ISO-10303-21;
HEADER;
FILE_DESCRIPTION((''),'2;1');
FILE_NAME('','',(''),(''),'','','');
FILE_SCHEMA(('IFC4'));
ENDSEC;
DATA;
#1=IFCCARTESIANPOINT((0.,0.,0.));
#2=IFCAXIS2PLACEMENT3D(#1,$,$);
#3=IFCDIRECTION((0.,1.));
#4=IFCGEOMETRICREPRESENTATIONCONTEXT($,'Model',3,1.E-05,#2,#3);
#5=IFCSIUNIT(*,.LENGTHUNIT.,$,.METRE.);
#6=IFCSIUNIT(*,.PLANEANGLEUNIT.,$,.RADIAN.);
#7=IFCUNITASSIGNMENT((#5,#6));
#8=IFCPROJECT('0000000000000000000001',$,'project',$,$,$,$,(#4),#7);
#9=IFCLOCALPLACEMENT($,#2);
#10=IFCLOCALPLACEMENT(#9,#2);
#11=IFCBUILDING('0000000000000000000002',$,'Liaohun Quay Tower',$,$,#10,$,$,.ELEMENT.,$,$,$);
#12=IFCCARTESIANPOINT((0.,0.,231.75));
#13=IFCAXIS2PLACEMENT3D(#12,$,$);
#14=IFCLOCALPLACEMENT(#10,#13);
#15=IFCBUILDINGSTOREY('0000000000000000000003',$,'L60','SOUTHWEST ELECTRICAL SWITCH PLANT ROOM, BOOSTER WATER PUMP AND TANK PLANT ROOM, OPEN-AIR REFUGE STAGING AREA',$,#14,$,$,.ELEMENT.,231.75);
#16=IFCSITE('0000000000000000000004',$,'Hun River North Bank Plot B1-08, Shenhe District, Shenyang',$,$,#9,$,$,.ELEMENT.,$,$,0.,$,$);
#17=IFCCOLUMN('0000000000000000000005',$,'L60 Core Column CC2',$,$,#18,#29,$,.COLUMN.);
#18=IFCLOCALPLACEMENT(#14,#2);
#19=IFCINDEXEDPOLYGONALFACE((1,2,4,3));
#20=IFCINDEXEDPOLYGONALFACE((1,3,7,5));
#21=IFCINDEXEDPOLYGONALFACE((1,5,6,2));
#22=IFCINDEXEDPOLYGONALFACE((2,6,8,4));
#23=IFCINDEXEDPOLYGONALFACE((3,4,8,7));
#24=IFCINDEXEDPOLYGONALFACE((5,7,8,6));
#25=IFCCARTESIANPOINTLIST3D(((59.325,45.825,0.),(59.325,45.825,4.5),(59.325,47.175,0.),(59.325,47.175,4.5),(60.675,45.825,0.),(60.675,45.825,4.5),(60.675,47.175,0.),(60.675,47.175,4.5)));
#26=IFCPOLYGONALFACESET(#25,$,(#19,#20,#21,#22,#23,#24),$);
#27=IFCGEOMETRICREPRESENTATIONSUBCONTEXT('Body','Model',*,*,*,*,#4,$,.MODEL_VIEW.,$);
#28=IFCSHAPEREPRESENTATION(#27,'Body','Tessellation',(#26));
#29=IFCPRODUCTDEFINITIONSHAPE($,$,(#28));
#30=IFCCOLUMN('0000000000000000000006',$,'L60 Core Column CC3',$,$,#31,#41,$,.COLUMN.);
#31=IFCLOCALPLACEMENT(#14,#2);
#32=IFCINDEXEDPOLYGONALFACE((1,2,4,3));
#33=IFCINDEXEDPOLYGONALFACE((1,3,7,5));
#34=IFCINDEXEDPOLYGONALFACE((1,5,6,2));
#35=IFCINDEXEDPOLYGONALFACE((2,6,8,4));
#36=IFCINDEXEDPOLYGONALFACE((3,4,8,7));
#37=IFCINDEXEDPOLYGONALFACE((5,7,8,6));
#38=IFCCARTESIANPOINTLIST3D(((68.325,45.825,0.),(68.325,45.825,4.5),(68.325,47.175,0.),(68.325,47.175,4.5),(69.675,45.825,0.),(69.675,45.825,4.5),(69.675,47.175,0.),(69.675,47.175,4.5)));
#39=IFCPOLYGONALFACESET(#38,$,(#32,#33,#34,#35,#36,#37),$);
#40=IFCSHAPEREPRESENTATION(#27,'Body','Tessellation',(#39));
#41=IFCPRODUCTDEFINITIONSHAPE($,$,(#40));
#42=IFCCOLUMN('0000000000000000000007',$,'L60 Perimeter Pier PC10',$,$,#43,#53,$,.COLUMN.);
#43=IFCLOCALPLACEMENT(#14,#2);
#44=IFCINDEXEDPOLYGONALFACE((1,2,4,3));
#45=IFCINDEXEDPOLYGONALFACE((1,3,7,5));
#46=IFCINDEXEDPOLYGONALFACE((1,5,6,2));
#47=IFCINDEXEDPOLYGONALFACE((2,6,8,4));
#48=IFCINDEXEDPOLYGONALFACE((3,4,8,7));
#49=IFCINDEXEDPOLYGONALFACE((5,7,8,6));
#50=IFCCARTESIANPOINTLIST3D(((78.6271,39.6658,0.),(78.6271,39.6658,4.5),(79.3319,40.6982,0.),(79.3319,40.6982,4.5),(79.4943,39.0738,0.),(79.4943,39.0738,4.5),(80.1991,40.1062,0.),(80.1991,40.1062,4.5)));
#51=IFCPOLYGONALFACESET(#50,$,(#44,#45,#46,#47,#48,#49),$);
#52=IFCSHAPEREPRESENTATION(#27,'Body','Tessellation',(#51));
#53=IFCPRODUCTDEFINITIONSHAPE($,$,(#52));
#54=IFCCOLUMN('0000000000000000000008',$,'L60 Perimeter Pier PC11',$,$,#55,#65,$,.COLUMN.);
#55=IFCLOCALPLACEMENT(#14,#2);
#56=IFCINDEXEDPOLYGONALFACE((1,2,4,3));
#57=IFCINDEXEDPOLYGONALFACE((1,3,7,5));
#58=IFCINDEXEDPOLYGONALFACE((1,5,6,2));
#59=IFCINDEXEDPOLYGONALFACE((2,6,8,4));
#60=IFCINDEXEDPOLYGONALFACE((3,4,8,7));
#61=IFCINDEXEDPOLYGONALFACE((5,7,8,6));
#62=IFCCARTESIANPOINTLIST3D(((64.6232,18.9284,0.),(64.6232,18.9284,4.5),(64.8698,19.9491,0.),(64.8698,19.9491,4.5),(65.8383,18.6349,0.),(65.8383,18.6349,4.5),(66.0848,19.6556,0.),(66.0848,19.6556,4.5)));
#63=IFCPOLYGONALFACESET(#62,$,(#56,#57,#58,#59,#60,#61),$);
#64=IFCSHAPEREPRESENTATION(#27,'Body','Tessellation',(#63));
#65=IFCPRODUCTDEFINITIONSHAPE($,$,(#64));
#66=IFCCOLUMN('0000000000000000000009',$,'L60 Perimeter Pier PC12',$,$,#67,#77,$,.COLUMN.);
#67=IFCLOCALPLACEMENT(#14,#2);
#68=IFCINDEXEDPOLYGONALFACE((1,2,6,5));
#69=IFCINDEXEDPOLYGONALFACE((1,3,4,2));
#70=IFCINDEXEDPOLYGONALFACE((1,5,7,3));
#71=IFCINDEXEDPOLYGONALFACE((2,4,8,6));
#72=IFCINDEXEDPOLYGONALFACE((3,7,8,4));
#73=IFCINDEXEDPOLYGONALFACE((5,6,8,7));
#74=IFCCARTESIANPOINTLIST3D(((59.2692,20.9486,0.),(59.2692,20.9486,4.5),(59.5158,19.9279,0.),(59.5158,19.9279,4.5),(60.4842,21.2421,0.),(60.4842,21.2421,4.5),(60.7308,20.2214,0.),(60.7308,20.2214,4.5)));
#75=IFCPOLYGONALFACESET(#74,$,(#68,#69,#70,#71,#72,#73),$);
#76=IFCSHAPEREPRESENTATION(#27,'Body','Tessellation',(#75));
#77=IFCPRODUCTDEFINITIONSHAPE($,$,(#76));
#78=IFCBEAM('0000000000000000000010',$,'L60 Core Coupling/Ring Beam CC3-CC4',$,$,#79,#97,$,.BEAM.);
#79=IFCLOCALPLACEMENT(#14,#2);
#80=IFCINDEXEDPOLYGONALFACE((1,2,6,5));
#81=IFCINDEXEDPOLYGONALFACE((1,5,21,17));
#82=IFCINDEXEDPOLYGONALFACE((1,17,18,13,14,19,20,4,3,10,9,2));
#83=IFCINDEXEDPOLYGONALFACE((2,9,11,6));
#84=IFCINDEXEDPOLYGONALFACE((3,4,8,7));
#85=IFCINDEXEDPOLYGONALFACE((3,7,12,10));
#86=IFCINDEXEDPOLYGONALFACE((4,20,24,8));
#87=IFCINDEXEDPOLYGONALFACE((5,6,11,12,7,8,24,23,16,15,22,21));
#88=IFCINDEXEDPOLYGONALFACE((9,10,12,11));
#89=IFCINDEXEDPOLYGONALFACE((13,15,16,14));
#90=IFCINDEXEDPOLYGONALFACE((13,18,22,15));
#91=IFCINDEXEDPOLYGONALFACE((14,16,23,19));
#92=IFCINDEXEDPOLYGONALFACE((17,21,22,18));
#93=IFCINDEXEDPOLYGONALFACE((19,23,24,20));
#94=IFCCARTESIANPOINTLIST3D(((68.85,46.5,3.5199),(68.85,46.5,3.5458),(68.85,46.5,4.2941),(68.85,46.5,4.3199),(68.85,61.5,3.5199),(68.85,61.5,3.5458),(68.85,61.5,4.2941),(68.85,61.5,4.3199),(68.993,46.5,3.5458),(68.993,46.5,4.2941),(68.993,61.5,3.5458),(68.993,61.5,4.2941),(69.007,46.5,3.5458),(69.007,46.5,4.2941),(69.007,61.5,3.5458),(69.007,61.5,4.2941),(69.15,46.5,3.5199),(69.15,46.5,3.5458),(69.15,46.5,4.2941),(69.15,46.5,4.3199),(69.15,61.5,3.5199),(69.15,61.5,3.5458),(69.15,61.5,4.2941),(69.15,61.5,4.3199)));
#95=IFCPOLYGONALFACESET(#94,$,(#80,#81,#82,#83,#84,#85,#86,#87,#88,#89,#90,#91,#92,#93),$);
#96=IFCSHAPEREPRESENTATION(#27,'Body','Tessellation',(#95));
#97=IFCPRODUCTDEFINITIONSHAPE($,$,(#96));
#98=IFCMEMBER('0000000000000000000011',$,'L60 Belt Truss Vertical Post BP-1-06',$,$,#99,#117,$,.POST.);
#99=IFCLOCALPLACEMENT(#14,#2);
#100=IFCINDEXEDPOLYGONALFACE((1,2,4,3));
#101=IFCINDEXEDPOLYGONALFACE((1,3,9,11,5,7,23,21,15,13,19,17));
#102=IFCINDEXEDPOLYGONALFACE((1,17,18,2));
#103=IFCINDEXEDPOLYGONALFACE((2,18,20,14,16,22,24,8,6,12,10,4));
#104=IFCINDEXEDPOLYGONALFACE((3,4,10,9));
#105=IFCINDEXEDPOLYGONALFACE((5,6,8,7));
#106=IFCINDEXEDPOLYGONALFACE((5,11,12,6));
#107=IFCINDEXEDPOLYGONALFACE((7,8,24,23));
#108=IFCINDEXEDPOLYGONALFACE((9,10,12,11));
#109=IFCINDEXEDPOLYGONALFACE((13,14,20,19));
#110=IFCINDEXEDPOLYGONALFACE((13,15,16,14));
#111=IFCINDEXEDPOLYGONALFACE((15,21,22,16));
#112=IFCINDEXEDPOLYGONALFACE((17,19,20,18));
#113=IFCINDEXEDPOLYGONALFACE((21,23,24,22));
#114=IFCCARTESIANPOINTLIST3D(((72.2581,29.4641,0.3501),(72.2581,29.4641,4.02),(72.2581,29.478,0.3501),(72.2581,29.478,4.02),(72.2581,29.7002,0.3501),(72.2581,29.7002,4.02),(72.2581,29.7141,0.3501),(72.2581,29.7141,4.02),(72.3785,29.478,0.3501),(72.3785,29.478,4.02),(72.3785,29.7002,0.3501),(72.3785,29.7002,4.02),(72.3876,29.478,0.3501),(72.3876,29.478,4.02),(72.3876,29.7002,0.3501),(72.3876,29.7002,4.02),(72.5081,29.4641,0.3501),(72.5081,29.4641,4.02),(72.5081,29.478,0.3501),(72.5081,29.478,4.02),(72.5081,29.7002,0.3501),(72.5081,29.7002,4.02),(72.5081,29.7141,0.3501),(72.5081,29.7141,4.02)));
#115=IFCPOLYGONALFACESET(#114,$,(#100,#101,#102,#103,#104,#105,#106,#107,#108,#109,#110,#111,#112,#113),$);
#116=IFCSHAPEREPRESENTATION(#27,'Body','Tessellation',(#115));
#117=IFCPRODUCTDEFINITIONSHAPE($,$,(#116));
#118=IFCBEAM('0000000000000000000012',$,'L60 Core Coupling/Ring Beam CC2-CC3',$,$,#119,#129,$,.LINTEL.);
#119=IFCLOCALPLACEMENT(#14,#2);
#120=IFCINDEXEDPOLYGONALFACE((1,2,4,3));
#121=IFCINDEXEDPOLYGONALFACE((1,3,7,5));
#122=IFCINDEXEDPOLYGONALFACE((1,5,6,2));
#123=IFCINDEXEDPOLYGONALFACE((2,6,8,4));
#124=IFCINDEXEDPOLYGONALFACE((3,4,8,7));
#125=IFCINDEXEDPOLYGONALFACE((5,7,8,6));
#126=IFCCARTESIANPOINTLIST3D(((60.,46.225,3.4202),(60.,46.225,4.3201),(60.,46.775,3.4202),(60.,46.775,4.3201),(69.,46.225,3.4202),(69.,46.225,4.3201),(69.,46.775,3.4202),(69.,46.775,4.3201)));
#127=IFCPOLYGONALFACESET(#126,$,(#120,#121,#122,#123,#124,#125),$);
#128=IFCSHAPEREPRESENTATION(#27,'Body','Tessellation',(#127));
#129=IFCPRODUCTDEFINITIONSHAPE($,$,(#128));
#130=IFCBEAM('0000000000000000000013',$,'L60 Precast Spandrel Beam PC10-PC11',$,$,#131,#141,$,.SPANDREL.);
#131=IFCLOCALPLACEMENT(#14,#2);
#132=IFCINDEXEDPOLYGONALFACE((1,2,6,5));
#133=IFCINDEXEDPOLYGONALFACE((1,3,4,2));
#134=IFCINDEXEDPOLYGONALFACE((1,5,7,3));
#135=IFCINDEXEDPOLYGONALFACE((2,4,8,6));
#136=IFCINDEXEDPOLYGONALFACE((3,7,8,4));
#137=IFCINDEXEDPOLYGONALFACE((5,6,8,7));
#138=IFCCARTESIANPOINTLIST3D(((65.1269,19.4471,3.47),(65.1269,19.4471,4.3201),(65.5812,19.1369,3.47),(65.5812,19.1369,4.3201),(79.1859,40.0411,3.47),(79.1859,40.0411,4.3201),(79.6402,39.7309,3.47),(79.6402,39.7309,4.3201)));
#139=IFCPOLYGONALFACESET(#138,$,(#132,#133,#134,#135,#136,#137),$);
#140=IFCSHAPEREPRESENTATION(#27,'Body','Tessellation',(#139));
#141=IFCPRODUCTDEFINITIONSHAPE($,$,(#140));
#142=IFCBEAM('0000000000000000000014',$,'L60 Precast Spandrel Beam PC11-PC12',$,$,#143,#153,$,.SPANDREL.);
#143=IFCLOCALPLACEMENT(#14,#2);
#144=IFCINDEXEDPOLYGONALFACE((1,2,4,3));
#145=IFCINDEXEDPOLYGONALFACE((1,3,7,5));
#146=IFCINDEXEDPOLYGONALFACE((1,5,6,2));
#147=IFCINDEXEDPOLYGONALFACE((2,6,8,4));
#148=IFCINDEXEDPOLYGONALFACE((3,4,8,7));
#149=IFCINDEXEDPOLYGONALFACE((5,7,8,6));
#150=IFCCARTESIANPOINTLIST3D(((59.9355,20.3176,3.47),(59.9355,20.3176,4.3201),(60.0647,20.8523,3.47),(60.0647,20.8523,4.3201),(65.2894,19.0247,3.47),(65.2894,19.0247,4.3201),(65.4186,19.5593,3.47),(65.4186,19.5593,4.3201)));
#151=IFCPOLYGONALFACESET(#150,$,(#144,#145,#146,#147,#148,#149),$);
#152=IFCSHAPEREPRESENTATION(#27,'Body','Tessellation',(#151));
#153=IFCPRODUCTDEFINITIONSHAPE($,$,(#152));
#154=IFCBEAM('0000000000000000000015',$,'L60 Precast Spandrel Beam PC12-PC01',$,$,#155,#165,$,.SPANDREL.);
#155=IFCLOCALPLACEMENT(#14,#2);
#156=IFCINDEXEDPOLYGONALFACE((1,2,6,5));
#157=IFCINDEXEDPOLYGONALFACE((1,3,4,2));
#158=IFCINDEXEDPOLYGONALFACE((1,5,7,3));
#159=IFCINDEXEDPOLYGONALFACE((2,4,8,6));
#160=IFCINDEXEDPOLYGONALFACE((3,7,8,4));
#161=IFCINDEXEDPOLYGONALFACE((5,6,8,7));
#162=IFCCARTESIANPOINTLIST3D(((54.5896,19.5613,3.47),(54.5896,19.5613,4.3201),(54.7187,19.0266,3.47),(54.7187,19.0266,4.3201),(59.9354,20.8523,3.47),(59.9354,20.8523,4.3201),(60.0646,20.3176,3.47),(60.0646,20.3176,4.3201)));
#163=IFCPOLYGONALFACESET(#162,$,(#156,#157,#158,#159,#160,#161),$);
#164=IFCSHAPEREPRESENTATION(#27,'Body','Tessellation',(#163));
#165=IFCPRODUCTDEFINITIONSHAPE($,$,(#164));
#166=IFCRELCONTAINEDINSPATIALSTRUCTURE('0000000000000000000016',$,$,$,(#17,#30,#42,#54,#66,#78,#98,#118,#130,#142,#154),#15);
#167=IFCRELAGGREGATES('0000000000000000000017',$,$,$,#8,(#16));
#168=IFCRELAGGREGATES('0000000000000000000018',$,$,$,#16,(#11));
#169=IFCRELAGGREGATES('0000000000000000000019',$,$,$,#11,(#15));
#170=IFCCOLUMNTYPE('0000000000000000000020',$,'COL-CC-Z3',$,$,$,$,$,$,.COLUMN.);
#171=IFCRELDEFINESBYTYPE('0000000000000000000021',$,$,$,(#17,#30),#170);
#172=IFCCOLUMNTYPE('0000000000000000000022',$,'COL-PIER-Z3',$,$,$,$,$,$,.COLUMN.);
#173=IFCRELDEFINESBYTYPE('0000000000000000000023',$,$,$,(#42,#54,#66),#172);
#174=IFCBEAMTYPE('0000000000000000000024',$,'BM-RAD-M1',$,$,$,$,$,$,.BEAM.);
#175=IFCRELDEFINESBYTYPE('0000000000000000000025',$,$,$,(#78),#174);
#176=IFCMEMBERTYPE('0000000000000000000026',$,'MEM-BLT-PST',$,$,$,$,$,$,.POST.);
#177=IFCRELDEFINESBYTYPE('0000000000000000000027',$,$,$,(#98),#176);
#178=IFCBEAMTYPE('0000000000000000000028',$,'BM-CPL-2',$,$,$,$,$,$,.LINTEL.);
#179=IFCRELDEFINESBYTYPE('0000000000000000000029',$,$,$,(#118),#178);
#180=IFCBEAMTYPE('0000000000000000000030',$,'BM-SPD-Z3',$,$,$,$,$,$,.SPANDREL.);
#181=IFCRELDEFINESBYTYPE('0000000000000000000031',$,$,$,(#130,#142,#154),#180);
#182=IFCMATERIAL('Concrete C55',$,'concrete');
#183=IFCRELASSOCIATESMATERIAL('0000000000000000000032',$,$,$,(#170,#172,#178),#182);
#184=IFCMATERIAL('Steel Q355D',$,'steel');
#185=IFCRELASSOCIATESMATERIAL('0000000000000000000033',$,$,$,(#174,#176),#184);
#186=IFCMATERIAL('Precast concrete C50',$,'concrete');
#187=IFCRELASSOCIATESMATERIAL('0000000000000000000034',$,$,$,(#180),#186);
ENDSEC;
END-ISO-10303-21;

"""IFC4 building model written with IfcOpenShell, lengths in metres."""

from ifc_helpers import new_model, si_unit, direction, frame, origin, origin_2d, place, context, subcontext, project, spatial, rectangle, i_section, extrude, source, transform, mapped, material, material_profile, profile_set, type_object, element, save


model = new_model("IFC4")

# Units and contexts
model_context = context("Model", 3, precision=1e-05, world=origin(), true_north=direction((0.0, 1.0)))
body_context = subcontext(model_context, "Body", "Model", "MODEL_VIEW")
ifc_project = project(units=[si_unit("LENGTHUNIT", "METRE"), si_unit("PLANEANGLEUNIT", "RADIAN")], contexts=[model_context])

# Site, building, storey
site_placement = place(None, origin())
site = spatial("IfcSite", under=ifc_project, at=site_placement, Name="Hun River North Bank Plot B1-08, Shenhe District, Shenyang", CompositionType="ELEMENT", RefElevation=0.0)
building_placement = place(site_placement, origin())
building = spatial("IfcBuilding", under=site, at=building_placement, Name="Liaohun Quay Tower", CompositionType="ELEMENT")
storey_placement = place(building_placement, frame((0.0, 0.0, 231.75)))
storey = spatial("IfcBuildingStorey", under=building, at=storey_placement, Name="L60", Description="SOUTHWEST ELECTRICAL SWITCH PLANT ROOM, BOOSTER WATER PUMP AND TANK PLANT ROOM, OPEN-AIR REFUGE STAGING AREA", CompositionType="ELEMENT", Elevation=231.75)

# Columns
ifc_material_1 = material(Name="Concrete C55", Category="concrete")
ifc_material_profile_1 = material_profile(ifc_material_1, rectangle(XDim=1.3501, YDim=1.3501, at=origin_2d()), Name="RC1350x1350")
ifc_profile_set_1 = profile_set([ifc_material_profile_1], Name="Concrete C55")
column_type_1 = type_object("IfcColumnType", Name="COL-CC-Z3", PredefinedType="COLUMN", material=ifc_profile_set_1)
shared_shape_1 = source(origin(), body_context, "Body", "SweptSolid", [
    extrude(rectangle(XDim=1.3501, YDim=1.3501, at=origin_2d()), origin(), (0.0, 0.0, 1.0), 4.5),
])
for number, where, z_axis, x_axis, name in (
    (1, (60.0, 46.5, 0.0), (0.0, 0.0, 1.0), (1.0, 0.0, 0.0), "L60 Core Column CC2"),
    (2, (69.0, 46.5, 0.0), (0.0, 0.0, 1.0), (1.0, 0.0, 0.0), "L60 Core Column CC3"),
):
    element("IfcColumn", number, at=place(storey_placement, frame(where, z_axis=z_axis, x_axis=x_axis)), inside=storey, type_object=column_type_1, Name=name, PredefinedType="COLUMN", context=body_context, shape_type="MappedRepresentation", body=[
        mapped(shared_shape_1, transform((0.0, 0.0, 0.0), x_axis=(1.0, 0.0, 0.0), y_axis=(0.0, 1.0, 0.0), z_axis=(0.0, 0.0, 1.0), scale=1.0)),
    ])
ifc_material_profile_2 = material_profile(ifc_material_1, rectangle(XDim=1.25, YDim=1.05, at=origin_2d()), Name="RC1250x1050")
ifc_profile_set_2 = profile_set([ifc_material_profile_2], Name="Concrete C55")
column_type_2 = type_object("IfcColumnType", Name="COL-PIER-Z3", PredefinedType="COLUMN", material=ifc_profile_set_2)
shared_shape_2 = source(origin(), body_context, "Body", "SweptSolid", [
    extrude(rectangle(XDim=1.25, YDim=1.05, at=origin_2d()), origin(), (0.0, 0.0, 1.0), 4.5),
])
for number, where, z_axis, x_axis, name in (
    (3, (79.4131, 39.886, 0.0), (0.0, 0.0, 1.0), (0.563814, 0.825902, 0.0), "L60 Perimeter Pier PC10"),
    (4, (65.354, 19.292, 0.0), (0.0, 0.0, 1.0), (-0.972043, 0.234803, 0.0), "L60 Perimeter Pier PC11"),
    (5, (60.0, 20.585, 0.0), (0.0, 0.0, 1.0), (0.972043, 0.234803, 0.0), "L60 Perimeter Pier PC12"),
):
    element("IfcColumn", number, at=place(storey_placement, frame(where, z_axis=z_axis, x_axis=x_axis)), inside=storey, type_object=column_type_2, Name=name, PredefinedType="COLUMN", context=body_context, shape_type="MappedRepresentation", body=[
        mapped(shared_shape_2, transform((0.0, 0.0, 0.0), x_axis=(1.0, 0.0, 0.0), y_axis=(0.0, 1.0, 0.0), z_axis=(0.0, 0.0, 1.0), scale=1.0)),
    ])

# Beam
ifc_material_2 = material(Name="Steel Q355D", Category="steel")
ifc_material_profile_3 = material_profile(ifc_material_2, i_section(OverallWidth=0.3, OverallDepth=0.8, WebThickness=0.0139, FlangeThickness=0.0259, at=origin_2d()), Name="HN800x300x14x26")
ifc_profile_set_3 = profile_set([ifc_material_profile_3], Name="Steel Q355D")
beam_type_1 = type_object("IfcBeamType", Name="BM-RAD-M1", PredefinedType="BEAM", material=ifc_profile_set_3)
shared_shape_3 = source(origin(), body_context, "Body", "SweptSolid", [
    extrude(i_section(OverallWidth=0.3, OverallDepth=0.8, WebThickness=0.0139, FlangeThickness=0.0259, at=origin_2d()), origin(), (0.0, 0.0, 1.0), 15.0),
])
beam_1_placement = place(storey_placement, frame((69.0, 46.5, 3.9199), z_axis=(0.0, 1.0, 0.0), x_axis=(-1.0, 0.0, 0.0)))
element("IfcBeam", 6, at=beam_1_placement, inside=storey, type_object=beam_type_1, Name="L60 Core Coupling/Ring Beam CC3-CC4", PredefinedType="BEAM", context=body_context, shape_type="MappedRepresentation", body=[
    mapped(shared_shape_3, transform((0.0, 0.0, 0.0), x_axis=(1.0, 0.0, 0.0), y_axis=(0.0, 1.0, 0.0), z_axis=(0.0, 0.0, 1.0), scale=1.0)),
])

# Member
ifc_material_profile_4 = material_profile(ifc_material_2, i_section(OverallWidth=0.25, OverallDepth=0.25, WebThickness=0.009, FlangeThickness=0.0139, at=origin_2d()), Name="HW250x250x9x14")
ifc_profile_set_4 = profile_set([ifc_material_profile_4], Name="Steel Q355D")
member_type_1 = type_object("IfcMemberType", Name="MEM-BLT-PST", PredefinedType="POST", material=ifc_profile_set_4)
shared_shape_4 = source(origin(), body_context, "Body", "SweptSolid", [
    extrude(i_section(OverallWidth=0.25, OverallDepth=0.25, WebThickness=0.009, FlangeThickness=0.0139, at=origin_2d()), origin(), (0.0, 0.0, 1.0), 3.6699),
])
member_1_placement = place(storey_placement, frame((72.3831, 29.5891, 0.3501), z_axis=(0.0, 0.0, 1.0), x_axis=(1.0, 0.0, 0.0)))
element("IfcMember", 7, at=member_1_placement, inside=storey, type_object=member_type_1, Name="L60 Belt Truss Vertical Post BP-1-06", PredefinedType="POST", context=body_context, shape_type="MappedRepresentation", body=[
    mapped(shared_shape_4, transform((0.0, 0.0, 0.0), x_axis=(1.0, 0.0, 0.0), y_axis=(0.0, 1.0, 0.0), z_axis=(0.0, 0.0, 1.0), scale=1.0)),
])

# Beams
ifc_material_profile_5 = material_profile(ifc_material_1, rectangle(XDim=0.55, YDim=0.8999, at=origin_2d()), Name="RC550x900")
ifc_profile_set_5 = profile_set([ifc_material_profile_5], Name="Concrete C55")
beam_type_2 = type_object("IfcBeamType", Name="BM-CPL-2", PredefinedType="LINTEL", material=ifc_profile_set_5)
shared_shape_5 = source(origin(), body_context, "Body", "SweptSolid", [
    extrude(rectangle(XDim=0.55, YDim=0.8999, at=origin_2d()), origin(), (0.0, 0.0, 1.0), 9.0),
])
beam_2_placement = place(storey_placement, frame((60.0, 46.5, 3.8701), z_axis=(1.0, 0.0, 0.0), x_axis=(0.0, 1.0, 0.0)))
element("IfcBeam", 8, at=beam_2_placement, inside=storey, type_object=beam_type_2, Name="L60 Core Coupling/Ring Beam CC2-CC3", PredefinedType="LINTEL", context=body_context, shape_type="MappedRepresentation", body=[
    mapped(shared_shape_5, transform((0.0, 0.0, 0.0), x_axis=(1.0, 0.0, 0.0), y_axis=(0.0, 1.0, 0.0), z_axis=(0.0, 0.0, 1.0), scale=1.0)),
])
ifc_material_3 = material(Name="Precast concrete C50", Category="concrete")
ifc_material_profile_6 = material_profile(ifc_material_3, rectangle(XDim=0.55, YDim=0.8501, at=origin_2d()), Name="RC550x850")
ifc_profile_set_6 = profile_set([ifc_material_profile_6], Name="Precast concrete C50")
beam_type_3 = type_object("IfcBeamType", Name="BM-SPD-Z3", PredefinedType="SPANDREL", material=ifc_profile_set_6)
shared_shape_6 = source(origin(), body_context, "Body", "SweptSolid", [
    extrude(rectangle(XDim=0.55, YDim=0.8501, at=origin_2d()), origin(), (0.0, 0.0, 1.0), 24.9353),
])
beam_3_placement = place(storey_placement, frame((79.4131, 39.886, 3.895), z_axis=(-0.563822, -0.825896, 0.0), x_axis=(0.825896, -0.563822, 0.0)))
element("IfcBeam", 9, at=beam_3_placement, inside=storey, type_object=beam_type_3, Name="L60 Precast Spandrel Beam PC10-PC11", PredefinedType="SPANDREL", context=body_context, shape_type="MappedRepresentation", body=[
    mapped(shared_shape_6, transform((0.0, 0.0, 0.0), x_axis=(1.0, 0.0, 0.0), y_axis=(0.0, 1.0, 0.0), z_axis=(0.0, 0.0, 1.0), scale=1.0)),
])
shared_shape_7 = source(origin(), body_context, "Body", "SweptSolid", [
    extrude(rectangle(XDim=0.55, YDim=0.8501, at=origin_2d()), origin(), (0.0, 0.0, 1.0), 5.5078),
])
beam_4_placement = place(storey_placement, frame((65.354, 19.292, 3.895), z_axis=(-0.972056, 0.234747, 0.0), x_axis=(-0.234747, -0.972056, 0.0)))
element("IfcBeam", 10, at=beam_4_placement, inside=storey, type_object=beam_type_3, Name="L60 Precast Spandrel Beam PC11-PC12", PredefinedType="SPANDREL", context=body_context, shape_type="MappedRepresentation", body=[
    mapped(shared_shape_7, transform((0.0, 0.0, 0.0), x_axis=(1.0, 0.0, 0.0), y_axis=(0.0, 1.0, 0.0), z_axis=(0.0, 0.0, 1.0), scale=1.0)),
])
shared_shape_8 = source(origin(), body_context, "Body", "SweptSolid", [
    extrude(rectangle(XDim=0.55, YDim=0.8501, at=origin_2d()), origin(), (0.0, 0.0, 1.0), 5.4995),
])
beam_5_placement = place(storey_placement, frame((60.0, 20.585, 3.895), z_axis=(-0.972057, -0.234746, 0.0), x_axis=(0.234746, -0.972057, 0.0)))
element("IfcBeam", 11, at=beam_5_placement, inside=storey, type_object=beam_type_3, Name="L60 Precast Spandrel Beam PC12-PC01", PredefinedType="SPANDREL", context=body_context, shape_type="MappedRepresentation", body=[
    mapped(shared_shape_8, transform((0.0, 0.0, 0.0), x_axis=(1.0, 0.0, 0.0), y_axis=(0.0, 1.0, 0.0), z_axis=(0.0, 0.0, 1.0), scale=1.0)),
])

save(model, "model.ifc")
